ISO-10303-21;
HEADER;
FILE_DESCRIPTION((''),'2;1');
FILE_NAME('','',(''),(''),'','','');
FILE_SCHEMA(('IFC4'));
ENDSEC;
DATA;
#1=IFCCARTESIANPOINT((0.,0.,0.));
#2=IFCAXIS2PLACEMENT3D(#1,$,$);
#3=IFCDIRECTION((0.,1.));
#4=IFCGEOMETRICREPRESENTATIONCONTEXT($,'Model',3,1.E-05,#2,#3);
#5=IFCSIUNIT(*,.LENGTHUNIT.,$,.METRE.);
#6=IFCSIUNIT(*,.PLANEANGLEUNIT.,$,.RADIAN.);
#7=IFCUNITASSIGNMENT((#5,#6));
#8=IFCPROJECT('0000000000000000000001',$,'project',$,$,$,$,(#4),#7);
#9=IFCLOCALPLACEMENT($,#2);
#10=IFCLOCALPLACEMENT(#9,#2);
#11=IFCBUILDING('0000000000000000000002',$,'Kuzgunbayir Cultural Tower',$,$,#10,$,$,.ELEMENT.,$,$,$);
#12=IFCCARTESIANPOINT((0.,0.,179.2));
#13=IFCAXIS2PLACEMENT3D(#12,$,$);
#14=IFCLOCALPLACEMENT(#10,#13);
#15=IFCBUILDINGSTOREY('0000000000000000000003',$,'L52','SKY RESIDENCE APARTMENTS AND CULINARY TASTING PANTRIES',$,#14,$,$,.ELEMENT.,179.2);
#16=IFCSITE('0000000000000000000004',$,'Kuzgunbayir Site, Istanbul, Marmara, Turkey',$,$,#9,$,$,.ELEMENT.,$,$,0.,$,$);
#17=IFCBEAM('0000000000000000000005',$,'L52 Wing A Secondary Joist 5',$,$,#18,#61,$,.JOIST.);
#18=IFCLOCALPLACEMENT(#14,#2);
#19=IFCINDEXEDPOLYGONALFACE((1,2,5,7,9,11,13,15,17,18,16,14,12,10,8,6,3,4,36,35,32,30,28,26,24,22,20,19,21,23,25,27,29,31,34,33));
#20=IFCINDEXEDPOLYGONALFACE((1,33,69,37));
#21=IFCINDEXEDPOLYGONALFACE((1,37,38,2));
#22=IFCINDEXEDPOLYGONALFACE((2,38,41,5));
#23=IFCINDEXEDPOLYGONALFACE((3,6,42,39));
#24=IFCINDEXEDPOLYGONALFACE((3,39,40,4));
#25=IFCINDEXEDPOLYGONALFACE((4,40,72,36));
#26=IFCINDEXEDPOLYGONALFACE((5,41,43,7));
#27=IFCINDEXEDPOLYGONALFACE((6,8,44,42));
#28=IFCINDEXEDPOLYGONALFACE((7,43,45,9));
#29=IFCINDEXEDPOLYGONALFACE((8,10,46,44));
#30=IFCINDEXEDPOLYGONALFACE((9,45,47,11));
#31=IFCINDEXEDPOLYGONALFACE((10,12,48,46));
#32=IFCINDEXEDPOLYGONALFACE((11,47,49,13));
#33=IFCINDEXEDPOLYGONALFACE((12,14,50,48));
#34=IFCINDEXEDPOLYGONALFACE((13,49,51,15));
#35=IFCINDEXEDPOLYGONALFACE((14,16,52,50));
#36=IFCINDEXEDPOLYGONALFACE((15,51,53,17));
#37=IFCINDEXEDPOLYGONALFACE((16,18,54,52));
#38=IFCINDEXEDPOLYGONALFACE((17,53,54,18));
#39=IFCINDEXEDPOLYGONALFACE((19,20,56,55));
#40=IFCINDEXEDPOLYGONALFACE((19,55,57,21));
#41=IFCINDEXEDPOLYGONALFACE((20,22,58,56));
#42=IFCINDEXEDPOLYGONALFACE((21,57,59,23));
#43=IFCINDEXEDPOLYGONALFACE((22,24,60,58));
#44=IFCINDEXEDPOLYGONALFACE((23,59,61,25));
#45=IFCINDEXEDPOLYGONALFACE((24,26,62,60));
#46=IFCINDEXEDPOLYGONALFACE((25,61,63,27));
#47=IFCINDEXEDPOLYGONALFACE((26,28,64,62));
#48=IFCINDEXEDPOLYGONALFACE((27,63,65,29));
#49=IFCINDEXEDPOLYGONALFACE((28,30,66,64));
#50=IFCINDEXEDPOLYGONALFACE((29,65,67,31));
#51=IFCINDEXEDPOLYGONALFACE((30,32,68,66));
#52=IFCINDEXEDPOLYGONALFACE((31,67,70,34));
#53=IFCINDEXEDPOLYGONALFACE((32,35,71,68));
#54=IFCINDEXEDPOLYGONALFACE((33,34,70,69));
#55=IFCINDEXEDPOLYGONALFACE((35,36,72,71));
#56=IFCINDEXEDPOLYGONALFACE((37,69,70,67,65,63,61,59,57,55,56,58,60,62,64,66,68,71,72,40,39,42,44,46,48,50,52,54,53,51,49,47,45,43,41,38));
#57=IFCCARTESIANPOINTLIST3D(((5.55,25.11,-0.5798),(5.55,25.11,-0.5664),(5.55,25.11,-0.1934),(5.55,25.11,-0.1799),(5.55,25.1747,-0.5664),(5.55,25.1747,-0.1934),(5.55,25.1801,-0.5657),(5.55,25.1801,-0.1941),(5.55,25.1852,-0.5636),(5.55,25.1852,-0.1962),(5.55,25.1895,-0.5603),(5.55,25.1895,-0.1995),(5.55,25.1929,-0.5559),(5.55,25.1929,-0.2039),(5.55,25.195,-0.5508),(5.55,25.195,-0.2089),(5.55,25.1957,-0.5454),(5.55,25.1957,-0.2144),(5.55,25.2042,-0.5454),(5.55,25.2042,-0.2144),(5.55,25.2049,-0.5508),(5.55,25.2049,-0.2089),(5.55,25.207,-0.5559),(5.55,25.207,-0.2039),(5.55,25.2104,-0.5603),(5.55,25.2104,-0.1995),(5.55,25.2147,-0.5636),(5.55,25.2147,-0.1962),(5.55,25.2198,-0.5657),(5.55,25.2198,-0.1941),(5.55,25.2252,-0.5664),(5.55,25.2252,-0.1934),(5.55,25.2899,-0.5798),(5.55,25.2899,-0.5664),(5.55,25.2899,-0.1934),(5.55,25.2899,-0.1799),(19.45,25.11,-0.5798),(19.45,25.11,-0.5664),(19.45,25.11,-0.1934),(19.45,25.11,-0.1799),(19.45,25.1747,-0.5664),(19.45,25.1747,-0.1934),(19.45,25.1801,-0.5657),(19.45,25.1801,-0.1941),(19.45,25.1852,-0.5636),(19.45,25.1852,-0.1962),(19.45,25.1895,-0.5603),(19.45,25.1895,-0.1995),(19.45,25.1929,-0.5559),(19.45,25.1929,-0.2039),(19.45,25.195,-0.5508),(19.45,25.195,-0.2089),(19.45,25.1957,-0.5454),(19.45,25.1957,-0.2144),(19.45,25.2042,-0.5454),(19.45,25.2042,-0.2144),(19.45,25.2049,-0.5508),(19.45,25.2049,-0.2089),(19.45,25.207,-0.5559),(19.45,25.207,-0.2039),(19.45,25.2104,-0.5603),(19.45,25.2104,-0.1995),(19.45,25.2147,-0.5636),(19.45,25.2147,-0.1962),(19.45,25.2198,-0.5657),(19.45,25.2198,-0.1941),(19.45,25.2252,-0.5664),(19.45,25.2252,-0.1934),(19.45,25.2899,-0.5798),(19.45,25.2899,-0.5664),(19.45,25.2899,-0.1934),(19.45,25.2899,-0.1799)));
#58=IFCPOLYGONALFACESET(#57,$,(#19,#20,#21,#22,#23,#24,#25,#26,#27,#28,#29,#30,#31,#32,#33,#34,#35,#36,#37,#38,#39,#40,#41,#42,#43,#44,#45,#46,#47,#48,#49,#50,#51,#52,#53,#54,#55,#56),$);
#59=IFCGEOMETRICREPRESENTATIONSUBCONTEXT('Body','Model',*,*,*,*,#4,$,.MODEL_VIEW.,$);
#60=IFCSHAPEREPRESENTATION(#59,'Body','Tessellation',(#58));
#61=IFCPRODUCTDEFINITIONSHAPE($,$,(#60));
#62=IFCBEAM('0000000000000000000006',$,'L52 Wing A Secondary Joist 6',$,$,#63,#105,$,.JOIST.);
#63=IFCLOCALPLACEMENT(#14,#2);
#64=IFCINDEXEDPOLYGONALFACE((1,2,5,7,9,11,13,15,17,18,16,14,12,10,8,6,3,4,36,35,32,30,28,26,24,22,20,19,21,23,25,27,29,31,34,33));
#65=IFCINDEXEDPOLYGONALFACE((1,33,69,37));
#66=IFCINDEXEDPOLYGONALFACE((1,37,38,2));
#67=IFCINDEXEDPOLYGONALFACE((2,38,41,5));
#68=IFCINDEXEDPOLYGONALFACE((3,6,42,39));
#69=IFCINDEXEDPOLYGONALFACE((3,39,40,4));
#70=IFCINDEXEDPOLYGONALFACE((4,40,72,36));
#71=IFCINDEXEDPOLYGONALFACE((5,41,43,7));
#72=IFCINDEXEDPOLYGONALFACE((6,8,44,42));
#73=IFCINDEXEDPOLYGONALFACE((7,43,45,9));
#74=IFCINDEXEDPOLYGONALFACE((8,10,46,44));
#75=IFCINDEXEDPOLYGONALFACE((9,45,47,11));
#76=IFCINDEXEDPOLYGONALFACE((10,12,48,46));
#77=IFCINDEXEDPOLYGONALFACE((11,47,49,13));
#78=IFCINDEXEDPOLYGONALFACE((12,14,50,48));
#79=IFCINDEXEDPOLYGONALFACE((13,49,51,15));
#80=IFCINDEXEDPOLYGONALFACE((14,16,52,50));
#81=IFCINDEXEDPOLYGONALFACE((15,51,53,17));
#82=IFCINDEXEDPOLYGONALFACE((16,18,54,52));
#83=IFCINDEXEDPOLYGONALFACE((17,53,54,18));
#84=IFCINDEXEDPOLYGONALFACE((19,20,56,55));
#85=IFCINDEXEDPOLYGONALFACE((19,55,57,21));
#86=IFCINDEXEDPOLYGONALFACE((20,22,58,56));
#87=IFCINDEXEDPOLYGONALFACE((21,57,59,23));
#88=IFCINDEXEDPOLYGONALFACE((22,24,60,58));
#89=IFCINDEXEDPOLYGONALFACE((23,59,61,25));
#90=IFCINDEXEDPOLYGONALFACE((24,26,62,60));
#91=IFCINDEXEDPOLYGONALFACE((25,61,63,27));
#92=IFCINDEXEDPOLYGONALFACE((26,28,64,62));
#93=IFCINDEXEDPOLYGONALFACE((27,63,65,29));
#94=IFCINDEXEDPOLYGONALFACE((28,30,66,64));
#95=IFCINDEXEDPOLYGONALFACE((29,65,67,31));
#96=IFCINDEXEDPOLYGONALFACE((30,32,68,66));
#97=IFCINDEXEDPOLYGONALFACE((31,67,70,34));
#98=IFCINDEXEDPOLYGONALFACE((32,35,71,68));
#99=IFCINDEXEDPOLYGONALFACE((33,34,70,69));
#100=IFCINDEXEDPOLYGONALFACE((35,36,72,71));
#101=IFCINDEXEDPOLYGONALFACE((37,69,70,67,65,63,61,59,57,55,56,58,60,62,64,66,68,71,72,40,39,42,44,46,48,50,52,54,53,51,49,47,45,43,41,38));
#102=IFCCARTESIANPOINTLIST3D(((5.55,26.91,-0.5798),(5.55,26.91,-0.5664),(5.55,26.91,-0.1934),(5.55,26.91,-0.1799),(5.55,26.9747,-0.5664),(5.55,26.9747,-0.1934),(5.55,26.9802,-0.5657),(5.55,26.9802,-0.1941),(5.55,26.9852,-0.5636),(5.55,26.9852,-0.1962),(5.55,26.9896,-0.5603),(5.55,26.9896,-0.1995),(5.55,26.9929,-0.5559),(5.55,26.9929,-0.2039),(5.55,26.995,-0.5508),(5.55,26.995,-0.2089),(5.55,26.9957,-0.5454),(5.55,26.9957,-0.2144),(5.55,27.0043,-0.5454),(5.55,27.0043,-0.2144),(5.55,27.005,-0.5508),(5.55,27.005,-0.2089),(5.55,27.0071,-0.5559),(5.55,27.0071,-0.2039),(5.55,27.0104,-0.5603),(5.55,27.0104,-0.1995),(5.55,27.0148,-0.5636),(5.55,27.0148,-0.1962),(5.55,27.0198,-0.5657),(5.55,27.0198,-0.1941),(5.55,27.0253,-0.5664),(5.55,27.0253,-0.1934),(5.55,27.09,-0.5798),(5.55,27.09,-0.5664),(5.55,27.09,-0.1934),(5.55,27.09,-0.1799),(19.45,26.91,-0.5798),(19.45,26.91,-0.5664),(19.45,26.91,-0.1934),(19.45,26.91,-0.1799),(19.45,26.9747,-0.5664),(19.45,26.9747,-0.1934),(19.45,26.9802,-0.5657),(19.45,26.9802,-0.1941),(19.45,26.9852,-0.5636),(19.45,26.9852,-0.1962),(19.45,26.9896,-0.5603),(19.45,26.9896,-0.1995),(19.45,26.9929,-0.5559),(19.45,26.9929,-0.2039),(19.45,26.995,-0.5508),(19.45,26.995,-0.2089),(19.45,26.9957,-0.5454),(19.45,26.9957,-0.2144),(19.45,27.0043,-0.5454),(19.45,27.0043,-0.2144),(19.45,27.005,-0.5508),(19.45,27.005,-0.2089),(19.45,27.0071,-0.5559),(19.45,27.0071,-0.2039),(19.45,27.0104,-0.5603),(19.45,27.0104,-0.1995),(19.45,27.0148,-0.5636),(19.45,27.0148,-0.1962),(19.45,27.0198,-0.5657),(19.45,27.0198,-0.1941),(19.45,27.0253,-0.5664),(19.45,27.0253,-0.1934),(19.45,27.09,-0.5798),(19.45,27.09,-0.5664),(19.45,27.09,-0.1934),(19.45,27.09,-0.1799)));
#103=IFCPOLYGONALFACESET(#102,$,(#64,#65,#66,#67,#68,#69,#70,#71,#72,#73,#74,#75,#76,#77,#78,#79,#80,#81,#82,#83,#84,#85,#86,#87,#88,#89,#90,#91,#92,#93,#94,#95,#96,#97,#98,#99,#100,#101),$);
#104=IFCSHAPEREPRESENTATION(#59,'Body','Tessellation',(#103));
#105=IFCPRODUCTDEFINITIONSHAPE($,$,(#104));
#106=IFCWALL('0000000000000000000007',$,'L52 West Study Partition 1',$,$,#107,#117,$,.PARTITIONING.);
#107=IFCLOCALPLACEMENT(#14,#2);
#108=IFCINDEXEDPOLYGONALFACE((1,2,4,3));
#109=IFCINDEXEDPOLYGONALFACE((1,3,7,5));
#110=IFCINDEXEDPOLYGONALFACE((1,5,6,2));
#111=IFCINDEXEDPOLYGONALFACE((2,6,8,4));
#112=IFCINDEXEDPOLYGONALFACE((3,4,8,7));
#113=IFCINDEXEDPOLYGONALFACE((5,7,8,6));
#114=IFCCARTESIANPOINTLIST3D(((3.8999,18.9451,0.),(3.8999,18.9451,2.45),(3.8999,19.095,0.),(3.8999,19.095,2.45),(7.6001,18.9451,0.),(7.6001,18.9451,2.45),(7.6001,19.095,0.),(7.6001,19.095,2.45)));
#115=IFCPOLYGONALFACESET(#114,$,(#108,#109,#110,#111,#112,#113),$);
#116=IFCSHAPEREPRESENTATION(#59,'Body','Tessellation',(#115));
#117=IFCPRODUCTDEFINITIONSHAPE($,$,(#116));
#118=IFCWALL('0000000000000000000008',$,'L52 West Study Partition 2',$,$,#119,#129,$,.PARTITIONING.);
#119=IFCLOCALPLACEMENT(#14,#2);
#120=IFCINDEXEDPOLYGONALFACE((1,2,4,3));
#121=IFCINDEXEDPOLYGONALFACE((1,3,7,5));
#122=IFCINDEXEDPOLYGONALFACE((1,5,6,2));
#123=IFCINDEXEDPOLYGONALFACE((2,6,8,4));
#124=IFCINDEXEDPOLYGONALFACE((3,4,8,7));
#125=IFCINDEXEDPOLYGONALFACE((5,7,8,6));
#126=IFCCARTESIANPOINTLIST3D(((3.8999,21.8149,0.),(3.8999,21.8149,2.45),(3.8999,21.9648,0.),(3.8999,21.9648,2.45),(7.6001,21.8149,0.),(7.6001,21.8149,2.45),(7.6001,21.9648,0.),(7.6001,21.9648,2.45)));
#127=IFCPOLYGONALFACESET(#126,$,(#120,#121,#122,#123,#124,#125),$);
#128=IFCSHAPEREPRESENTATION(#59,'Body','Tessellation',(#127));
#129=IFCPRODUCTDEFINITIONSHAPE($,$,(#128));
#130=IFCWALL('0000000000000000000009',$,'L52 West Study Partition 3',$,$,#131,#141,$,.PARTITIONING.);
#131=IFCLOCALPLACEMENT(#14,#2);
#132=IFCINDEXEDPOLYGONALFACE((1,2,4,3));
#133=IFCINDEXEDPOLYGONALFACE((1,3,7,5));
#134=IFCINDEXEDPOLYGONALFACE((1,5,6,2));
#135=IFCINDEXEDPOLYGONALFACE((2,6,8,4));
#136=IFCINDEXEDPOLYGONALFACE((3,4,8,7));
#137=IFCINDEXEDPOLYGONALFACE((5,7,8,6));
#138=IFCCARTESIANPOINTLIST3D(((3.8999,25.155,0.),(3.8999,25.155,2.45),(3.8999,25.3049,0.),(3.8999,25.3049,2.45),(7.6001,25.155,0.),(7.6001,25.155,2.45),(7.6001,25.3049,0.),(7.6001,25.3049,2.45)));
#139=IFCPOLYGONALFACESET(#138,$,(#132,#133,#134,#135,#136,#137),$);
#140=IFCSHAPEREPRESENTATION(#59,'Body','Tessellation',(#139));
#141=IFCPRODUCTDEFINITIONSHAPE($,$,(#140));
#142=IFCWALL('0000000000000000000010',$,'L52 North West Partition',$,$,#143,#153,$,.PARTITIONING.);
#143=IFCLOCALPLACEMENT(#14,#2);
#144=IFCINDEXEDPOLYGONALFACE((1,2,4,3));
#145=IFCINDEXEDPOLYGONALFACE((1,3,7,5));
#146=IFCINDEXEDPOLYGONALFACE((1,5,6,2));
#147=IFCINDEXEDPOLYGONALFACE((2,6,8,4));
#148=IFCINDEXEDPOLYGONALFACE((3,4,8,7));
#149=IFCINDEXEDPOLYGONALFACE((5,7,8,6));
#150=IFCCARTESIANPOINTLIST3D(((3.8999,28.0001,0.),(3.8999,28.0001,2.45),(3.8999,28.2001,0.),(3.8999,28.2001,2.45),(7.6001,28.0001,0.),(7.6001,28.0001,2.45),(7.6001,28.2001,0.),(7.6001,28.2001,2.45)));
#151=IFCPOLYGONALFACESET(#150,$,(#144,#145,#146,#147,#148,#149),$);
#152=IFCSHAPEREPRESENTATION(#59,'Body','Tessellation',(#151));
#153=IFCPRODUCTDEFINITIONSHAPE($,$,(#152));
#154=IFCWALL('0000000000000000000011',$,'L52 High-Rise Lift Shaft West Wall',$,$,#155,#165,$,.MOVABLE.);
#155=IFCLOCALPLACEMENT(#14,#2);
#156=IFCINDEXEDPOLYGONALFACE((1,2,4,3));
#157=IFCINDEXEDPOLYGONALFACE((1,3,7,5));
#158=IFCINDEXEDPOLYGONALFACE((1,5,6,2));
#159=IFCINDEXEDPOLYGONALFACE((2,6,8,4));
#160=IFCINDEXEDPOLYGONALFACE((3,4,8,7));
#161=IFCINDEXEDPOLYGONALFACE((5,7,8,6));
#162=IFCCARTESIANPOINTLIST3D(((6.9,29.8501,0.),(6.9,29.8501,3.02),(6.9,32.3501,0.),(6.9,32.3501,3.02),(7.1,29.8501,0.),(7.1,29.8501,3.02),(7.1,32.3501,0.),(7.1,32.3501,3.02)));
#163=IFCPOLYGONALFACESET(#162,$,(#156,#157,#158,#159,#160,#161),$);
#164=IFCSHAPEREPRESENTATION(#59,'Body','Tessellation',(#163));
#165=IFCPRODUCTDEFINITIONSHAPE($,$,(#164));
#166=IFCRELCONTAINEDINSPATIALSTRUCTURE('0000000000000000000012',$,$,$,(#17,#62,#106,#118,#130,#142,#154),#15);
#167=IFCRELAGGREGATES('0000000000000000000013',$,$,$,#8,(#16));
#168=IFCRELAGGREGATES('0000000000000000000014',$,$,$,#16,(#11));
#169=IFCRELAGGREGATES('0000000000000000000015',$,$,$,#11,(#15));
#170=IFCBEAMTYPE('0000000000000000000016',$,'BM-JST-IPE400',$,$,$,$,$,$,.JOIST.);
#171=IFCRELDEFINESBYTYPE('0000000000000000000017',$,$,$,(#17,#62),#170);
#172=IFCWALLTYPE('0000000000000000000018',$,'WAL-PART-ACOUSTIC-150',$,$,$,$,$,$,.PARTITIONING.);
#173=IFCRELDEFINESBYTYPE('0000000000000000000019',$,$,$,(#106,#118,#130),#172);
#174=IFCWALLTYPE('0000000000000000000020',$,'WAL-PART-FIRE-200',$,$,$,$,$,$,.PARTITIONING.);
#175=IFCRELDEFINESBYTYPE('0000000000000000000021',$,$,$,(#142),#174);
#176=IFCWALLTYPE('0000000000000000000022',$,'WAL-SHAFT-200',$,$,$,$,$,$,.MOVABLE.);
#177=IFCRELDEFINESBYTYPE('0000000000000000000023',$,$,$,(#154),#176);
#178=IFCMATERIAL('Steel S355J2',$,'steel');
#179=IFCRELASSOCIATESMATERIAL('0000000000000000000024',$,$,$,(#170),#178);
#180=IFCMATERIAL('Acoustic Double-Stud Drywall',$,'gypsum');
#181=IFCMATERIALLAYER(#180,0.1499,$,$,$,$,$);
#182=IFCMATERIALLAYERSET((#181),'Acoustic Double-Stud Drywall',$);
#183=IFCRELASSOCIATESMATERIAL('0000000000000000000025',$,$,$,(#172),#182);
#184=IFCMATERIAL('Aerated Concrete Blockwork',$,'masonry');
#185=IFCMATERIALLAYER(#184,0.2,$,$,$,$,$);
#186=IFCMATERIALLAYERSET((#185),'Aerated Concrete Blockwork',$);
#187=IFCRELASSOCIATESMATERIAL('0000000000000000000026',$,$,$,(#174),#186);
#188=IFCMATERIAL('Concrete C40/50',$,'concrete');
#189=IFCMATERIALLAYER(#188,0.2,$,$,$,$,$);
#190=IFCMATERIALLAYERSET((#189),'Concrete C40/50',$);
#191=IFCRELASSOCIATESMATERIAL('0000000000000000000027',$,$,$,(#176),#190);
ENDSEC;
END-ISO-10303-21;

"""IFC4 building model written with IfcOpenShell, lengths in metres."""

from ifc_helpers import new_model, si_unit, direction, frame, frame_2d, origin, origin_2d, place, context, subcontext, project, spatial, rectangle, i_section, extrude, material, layer, layer_set, material_profile, profile_set, type_object, element, save


model = new_model("IFC4")

# Units and contexts
model_context = context("Model", 3, precision=1e-05, world=origin(), true_north=direction((0.0, 1.0)))
body_context = subcontext(model_context, "Body", "Model", "MODEL_VIEW")
ifc_project = project(units=[si_unit("LENGTHUNIT", "METRE"), si_unit("PLANEANGLEUNIT", "RADIAN")], contexts=[model_context])

# Site, building, storey
site_placement = place(None, origin())
site = spatial("IfcSite", under=ifc_project, at=site_placement, Name="Kuzgunbayir Site, Istanbul, Marmara, Turkey", CompositionType="ELEMENT", RefElevation=0.0)
building_placement = place(site_placement, origin())
building = spatial("IfcBuilding", under=site, at=building_placement, Name="Kuzgunbayir Cultural Tower", CompositionType="ELEMENT")
storey_placement = place(building_placement, frame((0.0, 0.0, 179.2)))
storey = spatial("IfcBuildingStorey", under=building, at=storey_placement, Name="L52", Description="SKY RESIDENCE APARTMENTS AND CULINARY TASTING PANTRIES", CompositionType="ELEMENT", Elevation=179.2)

# Beams
ifc_material_1 = material(Name="Steel S355J2", Category="steel")
ifc_material_profile_1 = material_profile(ifc_material_1, i_section(OverallWidth=0.1799, OverallDepth=0.3999, WebThickness=0.0085, FlangeThickness=0.0134, FilletRadius=0.021, at=origin_2d()), Name="IPE 400")
ifc_profile_set_1 = profile_set([ifc_material_profile_1], Name="Steel S355J2")
beam_type_1 = type_object("IfcBeamType", Name="BM-JST-IPE400", PredefinedType="JOIST", material=ifc_profile_set_1)
for number, where, z_axis, x_axis, name in (
    (1, (5.55, 25.2, -0.3799), (1.0, 0.0, 0.0), (0.0, 1.0, 0.0), "L52 Wing A Secondary Joist 5"),
    (2, (5.55, 27.0, -0.3799), (1.0, 0.0, 0.0), (0.0, 1.0, 0.0), "L52 Wing A Secondary Joist 6"),
):
    element("IfcBeam", number, at=place(storey_placement, frame(where, z_axis=z_axis, x_axis=x_axis)), inside=storey, type_object=beam_type_1, Name=name, PredefinedType="JOIST", context=body_context, shape_type="SweptSolid", body=[
        extrude(i_section(OverallWidth=0.1799, OverallDepth=0.3999, WebThickness=0.0085, FlangeThickness=0.0134, FilletRadius=0.021, at=origin_2d()), origin(), (0.0, 0.0, 1.0), 13.8999),
    ])

# Walls
ifc_material_2 = material(Name="Acoustic Double-Stud Drywall", Category="gypsum")
ifc_layer_1 = layer(ifc_material_2, 0.1499)
ifc_layer_set_1 = layer_set([ifc_layer_1], Name="Acoustic Double-Stud Drywall")
wall_type_1 = type_object("IfcWallType", Name="WAL-PART-ACOUSTIC-150", PredefinedType="PARTITIONING", material=ifc_layer_set_1)
for number, where, z_axis, x_axis, name in (
    (3, (3.8999, 19.02, 0.0), (0.0, 0.0, 1.0), (1.0, 0.0, 0.0), "L52 West Study Partition 1"),
    (4, (3.8999, 21.8899, 0.0), (0.0, 0.0, 1.0), (1.0, 0.0, 0.0), "L52 West Study Partition 2"),
    (5, (3.8999, 25.23, 0.0), (0.0, 0.0, 1.0), (1.0, 0.0, 0.0), "L52 West Study Partition 3"),
):
    element("IfcWall", number, at=place(storey_placement, frame(where, z_axis=z_axis, x_axis=x_axis)), inside=storey, type_object=wall_type_1, Name=name, PredefinedType="PARTITIONING", context=body_context, shape_type="SweptSolid", body=[
        extrude(rectangle(XDim=3.7002, YDim=0.1499, at=frame_2d((1.8501, 0.0))), origin(), (0.0, 0.0, 1.0), 2.45),
    ])
ifc_material_3 = material(Name="Aerated Concrete Blockwork", Category="masonry")
ifc_layer_2 = layer(ifc_material_3, 0.2)
ifc_layer_set_2 = layer_set([ifc_layer_2], Name="Aerated Concrete Blockwork")
wall_type_2 = type_object("IfcWallType", Name="WAL-PART-FIRE-200", PredefinedType="PARTITIONING", material=ifc_layer_set_2)
wall_1_placement = place(storey_placement, frame((3.8999, 28.1001, 0.0), z_axis=(0.0, 0.0, 1.0), x_axis=(1.0, 0.0, 0.0)))
element("IfcWall", 6, at=wall_1_placement, inside=storey, type_object=wall_type_2, Name="L52 North West Partition", PredefinedType="PARTITIONING", context=body_context, shape_type="SweptSolid", body=[
    extrude(rectangle(XDim=3.7002, YDim=0.2, at=frame_2d((1.8501, 0.0))), origin(), (0.0, 0.0, 1.0), 2.45),
])

# Shared definitions
ifc_material_4 = material(Name="Concrete C40/50", Category="concrete")
ifc_layer_3 = layer(ifc_material_4, 0.2)
ifc_layer_set_3 = layer_set([ifc_layer_3], Name="Concrete C40/50")
wall_type_3 = type_object("IfcWallType", Name="WAL-SHAFT-200", PredefinedType="MOVABLE", material=ifc_layer_set_3)

# Wall
wall_2_placement = place(storey_placement, frame((7.0, 29.8501, 0.0), z_axis=(0.0, 0.0, 1.0), x_axis=(0.0, 1.0, 0.0)))
element("IfcWall", 7, at=wall_2_placement, inside=storey, type_object=wall_type_3, Name="L52 High-Rise Lift Shaft West Wall", PredefinedType="MOVABLE", context=body_context, shape_type="SweptSolid", body=[
    extrude(rectangle(XDim=2.5, YDim=0.2, at=frame_2d((1.25, 0.0))), origin(), (0.0, 0.0, 1.0), 3.02),
])

save(model, "model.ifc")
